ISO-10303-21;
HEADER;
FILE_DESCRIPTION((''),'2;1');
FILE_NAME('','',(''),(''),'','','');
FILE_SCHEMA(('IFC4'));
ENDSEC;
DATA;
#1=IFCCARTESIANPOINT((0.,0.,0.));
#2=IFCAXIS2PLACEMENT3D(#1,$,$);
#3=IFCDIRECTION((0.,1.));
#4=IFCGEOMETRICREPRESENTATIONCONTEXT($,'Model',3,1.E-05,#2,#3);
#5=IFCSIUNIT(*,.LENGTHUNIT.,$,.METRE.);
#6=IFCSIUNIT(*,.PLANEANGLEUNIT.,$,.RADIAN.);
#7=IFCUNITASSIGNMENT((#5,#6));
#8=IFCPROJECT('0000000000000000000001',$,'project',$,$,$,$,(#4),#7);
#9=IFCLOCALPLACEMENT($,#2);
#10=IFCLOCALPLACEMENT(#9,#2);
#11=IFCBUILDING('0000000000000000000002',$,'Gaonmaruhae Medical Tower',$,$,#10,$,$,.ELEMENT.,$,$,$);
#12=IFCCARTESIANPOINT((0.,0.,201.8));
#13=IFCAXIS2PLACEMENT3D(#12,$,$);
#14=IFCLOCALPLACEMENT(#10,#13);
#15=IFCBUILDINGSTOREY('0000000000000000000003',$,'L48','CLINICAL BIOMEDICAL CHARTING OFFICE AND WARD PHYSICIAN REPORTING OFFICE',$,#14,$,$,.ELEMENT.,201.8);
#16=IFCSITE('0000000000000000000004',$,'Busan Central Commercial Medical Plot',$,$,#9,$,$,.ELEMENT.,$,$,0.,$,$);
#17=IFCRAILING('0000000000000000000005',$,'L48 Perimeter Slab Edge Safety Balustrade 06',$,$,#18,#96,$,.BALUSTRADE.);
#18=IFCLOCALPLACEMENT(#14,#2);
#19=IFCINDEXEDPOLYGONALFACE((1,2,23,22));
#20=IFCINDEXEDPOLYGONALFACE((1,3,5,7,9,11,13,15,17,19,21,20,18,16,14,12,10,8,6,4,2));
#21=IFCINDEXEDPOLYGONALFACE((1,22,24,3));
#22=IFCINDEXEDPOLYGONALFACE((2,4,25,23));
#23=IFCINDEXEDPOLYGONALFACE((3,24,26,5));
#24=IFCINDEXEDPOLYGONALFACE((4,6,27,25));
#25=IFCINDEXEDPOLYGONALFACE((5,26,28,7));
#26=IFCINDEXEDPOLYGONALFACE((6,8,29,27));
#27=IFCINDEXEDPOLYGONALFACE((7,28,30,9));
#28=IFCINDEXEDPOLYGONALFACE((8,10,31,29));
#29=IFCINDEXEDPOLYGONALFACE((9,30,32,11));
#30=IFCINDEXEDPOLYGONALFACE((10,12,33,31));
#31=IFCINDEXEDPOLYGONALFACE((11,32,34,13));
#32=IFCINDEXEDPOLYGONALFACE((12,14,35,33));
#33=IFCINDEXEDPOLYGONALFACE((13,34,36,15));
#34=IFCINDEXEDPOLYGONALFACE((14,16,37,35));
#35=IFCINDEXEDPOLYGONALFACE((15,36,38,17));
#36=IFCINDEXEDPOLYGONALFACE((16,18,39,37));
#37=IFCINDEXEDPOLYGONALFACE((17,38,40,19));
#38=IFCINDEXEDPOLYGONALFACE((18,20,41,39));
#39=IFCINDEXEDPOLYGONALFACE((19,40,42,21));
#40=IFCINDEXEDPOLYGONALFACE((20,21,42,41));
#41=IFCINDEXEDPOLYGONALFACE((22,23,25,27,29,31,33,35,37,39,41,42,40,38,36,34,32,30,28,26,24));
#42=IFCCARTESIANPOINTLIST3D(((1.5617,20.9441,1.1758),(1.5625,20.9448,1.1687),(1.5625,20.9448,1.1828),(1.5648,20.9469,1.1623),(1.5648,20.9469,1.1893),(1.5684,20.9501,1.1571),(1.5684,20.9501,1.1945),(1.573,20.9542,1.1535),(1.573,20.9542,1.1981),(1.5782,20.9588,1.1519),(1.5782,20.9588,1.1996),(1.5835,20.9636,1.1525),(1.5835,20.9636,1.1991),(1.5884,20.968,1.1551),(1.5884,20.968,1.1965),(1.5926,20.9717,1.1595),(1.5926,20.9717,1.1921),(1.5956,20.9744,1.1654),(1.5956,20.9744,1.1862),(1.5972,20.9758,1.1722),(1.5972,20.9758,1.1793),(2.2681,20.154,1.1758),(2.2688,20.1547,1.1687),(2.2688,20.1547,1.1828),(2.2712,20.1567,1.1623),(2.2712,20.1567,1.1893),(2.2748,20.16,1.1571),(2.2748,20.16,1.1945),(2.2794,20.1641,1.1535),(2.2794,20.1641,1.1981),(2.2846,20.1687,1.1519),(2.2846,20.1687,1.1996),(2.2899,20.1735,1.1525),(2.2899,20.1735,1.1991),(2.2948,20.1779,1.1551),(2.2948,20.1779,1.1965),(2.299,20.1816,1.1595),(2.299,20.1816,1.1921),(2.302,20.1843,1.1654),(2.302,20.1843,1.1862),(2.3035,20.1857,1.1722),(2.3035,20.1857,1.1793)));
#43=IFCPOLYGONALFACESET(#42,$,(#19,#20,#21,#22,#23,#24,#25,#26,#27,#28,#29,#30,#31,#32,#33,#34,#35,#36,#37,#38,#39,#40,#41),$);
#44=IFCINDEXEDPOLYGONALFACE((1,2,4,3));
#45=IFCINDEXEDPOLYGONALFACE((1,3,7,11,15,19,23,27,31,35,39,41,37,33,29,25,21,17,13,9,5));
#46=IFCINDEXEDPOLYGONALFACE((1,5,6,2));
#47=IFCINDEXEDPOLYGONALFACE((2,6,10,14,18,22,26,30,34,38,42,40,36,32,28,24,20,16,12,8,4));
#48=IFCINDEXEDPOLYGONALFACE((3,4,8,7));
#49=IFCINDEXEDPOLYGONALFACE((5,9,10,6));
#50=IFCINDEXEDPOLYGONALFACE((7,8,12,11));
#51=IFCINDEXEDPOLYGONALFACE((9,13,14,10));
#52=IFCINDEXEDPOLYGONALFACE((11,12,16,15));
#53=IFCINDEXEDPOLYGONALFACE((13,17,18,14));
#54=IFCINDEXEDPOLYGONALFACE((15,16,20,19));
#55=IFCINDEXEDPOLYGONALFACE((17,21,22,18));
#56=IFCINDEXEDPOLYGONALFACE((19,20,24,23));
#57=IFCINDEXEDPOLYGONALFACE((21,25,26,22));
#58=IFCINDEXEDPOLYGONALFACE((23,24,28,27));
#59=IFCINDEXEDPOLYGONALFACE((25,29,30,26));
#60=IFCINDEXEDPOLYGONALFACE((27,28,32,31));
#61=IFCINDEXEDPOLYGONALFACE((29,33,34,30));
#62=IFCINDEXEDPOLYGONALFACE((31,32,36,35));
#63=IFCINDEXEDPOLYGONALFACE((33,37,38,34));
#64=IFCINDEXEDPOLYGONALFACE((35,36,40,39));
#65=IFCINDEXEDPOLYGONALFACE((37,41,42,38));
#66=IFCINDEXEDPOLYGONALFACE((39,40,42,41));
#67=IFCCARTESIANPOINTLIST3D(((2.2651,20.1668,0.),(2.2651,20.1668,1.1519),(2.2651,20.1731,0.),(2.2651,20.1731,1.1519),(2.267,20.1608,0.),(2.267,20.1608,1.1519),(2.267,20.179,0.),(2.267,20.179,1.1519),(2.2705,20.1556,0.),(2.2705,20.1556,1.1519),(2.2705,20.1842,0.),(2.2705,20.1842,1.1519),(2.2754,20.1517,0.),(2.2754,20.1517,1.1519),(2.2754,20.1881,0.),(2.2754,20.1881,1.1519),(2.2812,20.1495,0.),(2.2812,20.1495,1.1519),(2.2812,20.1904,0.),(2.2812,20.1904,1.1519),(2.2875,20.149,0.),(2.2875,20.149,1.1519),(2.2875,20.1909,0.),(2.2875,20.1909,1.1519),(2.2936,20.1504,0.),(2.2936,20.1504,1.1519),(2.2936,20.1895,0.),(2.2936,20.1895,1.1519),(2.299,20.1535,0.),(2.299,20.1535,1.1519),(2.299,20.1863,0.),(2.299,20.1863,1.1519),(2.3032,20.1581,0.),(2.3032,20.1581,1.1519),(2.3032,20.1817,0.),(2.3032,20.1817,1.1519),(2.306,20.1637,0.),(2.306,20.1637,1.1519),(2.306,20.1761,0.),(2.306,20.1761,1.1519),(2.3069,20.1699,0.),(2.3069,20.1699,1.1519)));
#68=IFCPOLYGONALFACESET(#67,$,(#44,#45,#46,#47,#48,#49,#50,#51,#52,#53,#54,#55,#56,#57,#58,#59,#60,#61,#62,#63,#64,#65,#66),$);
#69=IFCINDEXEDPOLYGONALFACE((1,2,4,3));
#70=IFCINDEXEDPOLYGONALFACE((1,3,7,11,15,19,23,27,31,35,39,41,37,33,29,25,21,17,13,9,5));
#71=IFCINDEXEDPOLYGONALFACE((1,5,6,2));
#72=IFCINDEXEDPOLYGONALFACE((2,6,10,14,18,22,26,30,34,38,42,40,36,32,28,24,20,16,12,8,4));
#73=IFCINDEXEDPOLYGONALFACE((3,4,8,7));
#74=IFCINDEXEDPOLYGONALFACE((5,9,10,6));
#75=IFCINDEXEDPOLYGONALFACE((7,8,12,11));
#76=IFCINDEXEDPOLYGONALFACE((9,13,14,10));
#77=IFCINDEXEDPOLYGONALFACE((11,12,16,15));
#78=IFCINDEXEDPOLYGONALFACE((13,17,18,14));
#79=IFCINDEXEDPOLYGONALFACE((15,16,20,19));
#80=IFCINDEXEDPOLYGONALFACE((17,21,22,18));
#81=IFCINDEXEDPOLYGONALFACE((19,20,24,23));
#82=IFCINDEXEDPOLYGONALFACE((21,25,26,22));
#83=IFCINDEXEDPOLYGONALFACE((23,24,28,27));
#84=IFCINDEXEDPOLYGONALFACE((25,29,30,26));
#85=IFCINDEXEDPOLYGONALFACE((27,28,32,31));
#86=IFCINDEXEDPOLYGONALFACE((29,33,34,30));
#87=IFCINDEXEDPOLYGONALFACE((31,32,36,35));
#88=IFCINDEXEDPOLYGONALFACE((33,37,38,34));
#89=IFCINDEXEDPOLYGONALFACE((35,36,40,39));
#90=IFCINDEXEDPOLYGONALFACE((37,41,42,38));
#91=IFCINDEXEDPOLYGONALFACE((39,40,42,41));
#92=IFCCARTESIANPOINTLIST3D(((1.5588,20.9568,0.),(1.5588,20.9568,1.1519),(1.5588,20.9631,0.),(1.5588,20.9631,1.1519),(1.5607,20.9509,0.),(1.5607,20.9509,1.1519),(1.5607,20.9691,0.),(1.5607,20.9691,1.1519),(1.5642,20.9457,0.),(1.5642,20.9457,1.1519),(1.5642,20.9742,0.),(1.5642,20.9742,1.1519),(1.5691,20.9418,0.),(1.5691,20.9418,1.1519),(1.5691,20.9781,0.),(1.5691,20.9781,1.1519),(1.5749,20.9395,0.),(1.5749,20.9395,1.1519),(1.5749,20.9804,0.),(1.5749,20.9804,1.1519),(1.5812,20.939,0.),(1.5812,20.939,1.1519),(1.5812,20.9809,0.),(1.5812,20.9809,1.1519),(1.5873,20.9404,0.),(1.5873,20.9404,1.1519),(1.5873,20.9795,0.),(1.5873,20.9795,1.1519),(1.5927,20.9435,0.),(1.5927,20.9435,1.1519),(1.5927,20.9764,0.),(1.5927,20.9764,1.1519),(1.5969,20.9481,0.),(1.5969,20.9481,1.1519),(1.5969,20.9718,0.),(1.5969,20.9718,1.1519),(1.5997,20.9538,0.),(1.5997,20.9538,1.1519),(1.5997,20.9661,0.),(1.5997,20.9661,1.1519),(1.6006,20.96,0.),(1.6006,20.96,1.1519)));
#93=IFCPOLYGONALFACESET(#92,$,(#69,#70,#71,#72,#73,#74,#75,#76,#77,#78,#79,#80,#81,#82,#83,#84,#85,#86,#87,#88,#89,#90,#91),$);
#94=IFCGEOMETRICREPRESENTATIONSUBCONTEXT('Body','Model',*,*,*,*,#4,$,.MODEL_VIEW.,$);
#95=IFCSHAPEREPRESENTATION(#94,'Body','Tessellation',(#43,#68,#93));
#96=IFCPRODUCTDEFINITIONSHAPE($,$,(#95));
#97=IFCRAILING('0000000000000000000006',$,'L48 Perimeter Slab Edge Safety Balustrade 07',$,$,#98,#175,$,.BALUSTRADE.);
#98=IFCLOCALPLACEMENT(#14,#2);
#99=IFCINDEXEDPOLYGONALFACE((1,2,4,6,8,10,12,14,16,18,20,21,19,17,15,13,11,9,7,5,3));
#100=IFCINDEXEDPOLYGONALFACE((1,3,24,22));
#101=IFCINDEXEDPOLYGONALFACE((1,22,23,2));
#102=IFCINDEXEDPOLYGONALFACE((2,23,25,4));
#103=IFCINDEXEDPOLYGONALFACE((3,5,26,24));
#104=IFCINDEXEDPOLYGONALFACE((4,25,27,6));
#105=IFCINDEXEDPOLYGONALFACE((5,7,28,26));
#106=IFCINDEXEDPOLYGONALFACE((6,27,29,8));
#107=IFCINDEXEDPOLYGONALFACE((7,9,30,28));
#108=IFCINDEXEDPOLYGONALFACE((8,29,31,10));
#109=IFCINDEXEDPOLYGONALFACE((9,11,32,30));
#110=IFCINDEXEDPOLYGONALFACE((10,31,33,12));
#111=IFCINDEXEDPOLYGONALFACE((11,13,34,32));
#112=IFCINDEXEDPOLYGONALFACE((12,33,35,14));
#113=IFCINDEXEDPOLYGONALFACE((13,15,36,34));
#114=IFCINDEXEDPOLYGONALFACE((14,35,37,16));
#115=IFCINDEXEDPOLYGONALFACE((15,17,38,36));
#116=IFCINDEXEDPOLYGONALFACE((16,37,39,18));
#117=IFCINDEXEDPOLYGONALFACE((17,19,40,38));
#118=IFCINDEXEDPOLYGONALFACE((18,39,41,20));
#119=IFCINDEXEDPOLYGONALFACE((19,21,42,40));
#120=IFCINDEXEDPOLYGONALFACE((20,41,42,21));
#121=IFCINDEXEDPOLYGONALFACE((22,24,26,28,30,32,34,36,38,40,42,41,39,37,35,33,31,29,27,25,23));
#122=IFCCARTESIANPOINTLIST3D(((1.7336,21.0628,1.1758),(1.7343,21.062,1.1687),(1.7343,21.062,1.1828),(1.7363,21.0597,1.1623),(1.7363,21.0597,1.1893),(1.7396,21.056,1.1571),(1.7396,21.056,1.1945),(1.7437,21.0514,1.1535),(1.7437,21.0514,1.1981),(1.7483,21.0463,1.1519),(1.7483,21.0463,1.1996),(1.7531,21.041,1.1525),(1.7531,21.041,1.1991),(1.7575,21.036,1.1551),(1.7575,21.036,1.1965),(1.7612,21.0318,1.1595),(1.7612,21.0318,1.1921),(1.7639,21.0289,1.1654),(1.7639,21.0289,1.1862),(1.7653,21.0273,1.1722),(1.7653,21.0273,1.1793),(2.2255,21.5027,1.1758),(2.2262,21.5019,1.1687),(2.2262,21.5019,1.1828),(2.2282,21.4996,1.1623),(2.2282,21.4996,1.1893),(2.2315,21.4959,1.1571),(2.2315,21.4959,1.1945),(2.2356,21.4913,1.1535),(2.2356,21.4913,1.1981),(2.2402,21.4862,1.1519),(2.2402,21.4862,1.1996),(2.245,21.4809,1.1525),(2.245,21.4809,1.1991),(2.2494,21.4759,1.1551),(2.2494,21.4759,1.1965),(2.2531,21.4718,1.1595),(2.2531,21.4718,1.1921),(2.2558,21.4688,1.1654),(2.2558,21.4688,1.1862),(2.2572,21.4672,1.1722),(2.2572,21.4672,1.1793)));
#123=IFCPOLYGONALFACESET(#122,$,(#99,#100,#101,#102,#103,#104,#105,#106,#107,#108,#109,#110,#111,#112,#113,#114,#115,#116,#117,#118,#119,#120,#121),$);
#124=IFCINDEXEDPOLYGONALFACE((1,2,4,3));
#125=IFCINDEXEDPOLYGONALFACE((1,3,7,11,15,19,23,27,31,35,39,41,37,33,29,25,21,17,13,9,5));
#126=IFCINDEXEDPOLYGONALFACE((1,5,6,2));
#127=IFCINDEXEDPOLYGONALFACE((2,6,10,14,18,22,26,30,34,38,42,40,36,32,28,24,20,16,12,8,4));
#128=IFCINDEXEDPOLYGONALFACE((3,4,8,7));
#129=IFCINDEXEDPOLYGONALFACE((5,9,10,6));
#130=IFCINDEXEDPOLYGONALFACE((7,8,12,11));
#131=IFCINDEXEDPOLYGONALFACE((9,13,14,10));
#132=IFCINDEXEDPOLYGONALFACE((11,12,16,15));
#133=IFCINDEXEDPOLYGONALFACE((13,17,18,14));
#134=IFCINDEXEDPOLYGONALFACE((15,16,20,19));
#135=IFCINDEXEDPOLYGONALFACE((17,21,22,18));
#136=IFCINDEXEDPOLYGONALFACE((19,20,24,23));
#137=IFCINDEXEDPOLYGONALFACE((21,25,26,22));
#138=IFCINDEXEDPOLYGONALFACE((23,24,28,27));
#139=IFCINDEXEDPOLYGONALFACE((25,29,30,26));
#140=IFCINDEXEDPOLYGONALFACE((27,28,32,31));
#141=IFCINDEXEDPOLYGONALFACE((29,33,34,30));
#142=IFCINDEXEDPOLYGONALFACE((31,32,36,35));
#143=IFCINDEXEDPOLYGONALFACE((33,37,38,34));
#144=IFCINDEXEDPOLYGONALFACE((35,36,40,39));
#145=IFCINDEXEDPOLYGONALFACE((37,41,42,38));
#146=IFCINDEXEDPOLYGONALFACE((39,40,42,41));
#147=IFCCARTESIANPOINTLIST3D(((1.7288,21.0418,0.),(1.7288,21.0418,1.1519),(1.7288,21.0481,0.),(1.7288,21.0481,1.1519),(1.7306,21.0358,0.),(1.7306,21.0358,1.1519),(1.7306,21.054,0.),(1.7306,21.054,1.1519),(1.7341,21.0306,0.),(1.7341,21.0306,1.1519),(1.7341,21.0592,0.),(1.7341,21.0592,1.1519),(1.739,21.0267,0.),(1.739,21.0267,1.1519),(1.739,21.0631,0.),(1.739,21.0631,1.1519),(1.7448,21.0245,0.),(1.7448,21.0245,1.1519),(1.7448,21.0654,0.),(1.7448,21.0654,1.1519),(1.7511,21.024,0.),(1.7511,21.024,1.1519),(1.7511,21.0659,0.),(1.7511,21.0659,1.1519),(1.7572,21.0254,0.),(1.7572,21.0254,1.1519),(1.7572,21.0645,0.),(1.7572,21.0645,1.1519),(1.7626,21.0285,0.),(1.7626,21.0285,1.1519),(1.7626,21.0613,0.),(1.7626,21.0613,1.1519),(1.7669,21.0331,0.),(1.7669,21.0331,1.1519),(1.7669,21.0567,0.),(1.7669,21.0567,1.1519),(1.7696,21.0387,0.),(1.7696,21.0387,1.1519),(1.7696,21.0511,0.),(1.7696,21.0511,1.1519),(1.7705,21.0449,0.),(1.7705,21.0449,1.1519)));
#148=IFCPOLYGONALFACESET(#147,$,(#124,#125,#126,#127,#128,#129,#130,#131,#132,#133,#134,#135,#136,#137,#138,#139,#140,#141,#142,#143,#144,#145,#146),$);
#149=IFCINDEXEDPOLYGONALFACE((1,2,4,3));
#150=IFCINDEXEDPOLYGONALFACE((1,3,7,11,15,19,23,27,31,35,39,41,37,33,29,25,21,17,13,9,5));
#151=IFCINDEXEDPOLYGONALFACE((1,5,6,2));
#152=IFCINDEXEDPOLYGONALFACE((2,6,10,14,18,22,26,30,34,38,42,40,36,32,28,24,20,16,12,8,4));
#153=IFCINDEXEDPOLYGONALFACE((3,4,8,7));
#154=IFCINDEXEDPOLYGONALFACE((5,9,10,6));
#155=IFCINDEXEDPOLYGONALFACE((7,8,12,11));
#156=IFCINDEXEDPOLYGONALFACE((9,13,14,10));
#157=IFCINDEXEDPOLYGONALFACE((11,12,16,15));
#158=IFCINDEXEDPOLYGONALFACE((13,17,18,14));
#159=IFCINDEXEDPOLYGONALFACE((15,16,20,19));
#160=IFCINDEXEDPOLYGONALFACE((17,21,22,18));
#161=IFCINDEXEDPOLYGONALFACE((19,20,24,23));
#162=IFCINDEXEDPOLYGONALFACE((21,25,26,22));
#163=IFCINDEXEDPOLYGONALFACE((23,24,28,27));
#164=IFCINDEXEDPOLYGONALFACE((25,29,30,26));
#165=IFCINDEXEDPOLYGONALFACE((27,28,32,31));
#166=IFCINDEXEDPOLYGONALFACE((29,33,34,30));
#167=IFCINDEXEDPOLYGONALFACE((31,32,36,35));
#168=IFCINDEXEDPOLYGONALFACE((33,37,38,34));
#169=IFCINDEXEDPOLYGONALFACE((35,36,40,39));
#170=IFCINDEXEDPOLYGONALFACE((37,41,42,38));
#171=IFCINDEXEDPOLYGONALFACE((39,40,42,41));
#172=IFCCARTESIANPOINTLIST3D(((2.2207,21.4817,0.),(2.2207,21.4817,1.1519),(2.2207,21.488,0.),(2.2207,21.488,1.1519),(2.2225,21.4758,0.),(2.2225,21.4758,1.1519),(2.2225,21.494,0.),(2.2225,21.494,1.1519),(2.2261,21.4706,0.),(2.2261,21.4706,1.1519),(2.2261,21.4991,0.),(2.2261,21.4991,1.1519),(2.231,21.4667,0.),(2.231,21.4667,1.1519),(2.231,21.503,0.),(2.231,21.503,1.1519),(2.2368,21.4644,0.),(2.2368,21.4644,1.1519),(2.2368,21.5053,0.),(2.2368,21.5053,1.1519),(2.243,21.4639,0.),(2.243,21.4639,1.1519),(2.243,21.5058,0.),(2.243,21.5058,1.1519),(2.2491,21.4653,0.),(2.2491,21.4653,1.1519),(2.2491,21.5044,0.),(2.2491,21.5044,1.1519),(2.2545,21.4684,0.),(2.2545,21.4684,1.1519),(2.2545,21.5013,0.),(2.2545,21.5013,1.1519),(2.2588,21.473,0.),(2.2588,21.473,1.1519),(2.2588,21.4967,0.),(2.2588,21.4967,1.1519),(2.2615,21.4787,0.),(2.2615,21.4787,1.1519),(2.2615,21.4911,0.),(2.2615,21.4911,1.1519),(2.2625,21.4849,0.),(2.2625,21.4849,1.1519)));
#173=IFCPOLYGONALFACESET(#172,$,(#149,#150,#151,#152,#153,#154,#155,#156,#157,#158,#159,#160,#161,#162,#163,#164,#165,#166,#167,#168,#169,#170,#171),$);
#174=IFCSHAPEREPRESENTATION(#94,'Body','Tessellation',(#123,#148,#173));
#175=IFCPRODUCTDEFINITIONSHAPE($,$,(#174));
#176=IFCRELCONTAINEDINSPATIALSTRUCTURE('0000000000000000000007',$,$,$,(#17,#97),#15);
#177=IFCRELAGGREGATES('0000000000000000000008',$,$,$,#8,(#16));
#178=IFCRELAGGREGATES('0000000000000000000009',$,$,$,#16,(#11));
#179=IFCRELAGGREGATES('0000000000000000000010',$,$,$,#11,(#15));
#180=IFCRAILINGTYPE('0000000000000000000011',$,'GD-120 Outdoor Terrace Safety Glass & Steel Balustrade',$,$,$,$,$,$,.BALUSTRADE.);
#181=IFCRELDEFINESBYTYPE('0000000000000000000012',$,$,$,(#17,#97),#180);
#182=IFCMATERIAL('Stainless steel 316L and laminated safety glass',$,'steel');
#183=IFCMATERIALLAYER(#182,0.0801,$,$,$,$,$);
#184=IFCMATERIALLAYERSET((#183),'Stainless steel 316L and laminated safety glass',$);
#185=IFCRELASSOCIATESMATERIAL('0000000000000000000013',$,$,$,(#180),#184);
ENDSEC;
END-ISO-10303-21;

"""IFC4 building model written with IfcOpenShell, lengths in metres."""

from ifc_helpers import new_model, si_unit, direction, frame, origin, origin_2d, place, context, subcontext, project, spatial, circle, extrude, material, layer, layer_set, type_object, element, save


model = new_model("IFC4")

# Units and contexts
model_context = context("Model", 3, precision=1e-05, world=origin(), true_north=direction((0.0, 1.0)))
body_context = subcontext(model_context, "Body", "Model", "MODEL_VIEW")
ifc_project = project(units=[si_unit("LENGTHUNIT", "METRE"), si_unit("PLANEANGLEUNIT", "RADIAN")], contexts=[model_context])

# Site, building, storey
site_placement = place(None, origin())
site = spatial("IfcSite", under=ifc_project, at=site_placement, Name="Busan Central Commercial Medical Plot", CompositionType="ELEMENT", RefElevation=0.0)
building_placement = place(site_placement, origin())
building = spatial("IfcBuilding", under=site, at=building_placement, Name="Gaonmaruhae Medical Tower", CompositionType="ELEMENT")
storey_placement = place(building_placement, frame((0.0, 0.0, 201.8)))
storey = spatial("IfcBuildingStorey", under=building, at=storey_placement, Name="L48", Description="CLINICAL BIOMEDICAL CHARTING OFFICE AND WARD PHYSICIAN REPORTING OFFICE", CompositionType="ELEMENT", Elevation=201.8)

# Railings
ifc_material_1 = material(Name="Stainless steel 316L and laminated safety glass", Category="steel")
ifc_layer_1 = layer(ifc_material_1, 0.0801)
ifc_layer_set_1 = layer_set([ifc_layer_1], Name="Stainless steel 316L and laminated safety glass")
railing_type = type_object("IfcRailingType", Name="GD-120 Outdoor Terrace Safety Glass & Steel Balustrade", PredefinedType="BALUSTRADE", material=ifc_layer_set_1)
railing_1_placement = place(storey_placement, frame((2.2859, 20.1699, 0.0)))
element("IfcRailing", 1, at=railing_1_placement, inside=storey, type_object=railing_type, Name="L48 Perimeter Slab Edge Safety Balustrade 06", PredefinedType="BALUSTRADE", context=body_context, shape_type="SweptSolid", body=[
    extrude(circle(Radius=0.0239, at=origin_2d()), frame((0.0, 0.0, 1.1758), z_axis=(-0.666492, 0.745512, 0.0), x_axis=(-0.745512, -0.666492, 0.0)), (0.0, 0.0, 1.0), 1.0598),
    extrude(circle(Radius=0.021, at=origin_2d()), origin(), (0.0, 0.0, 1.0), 1.1519),
    extrude(circle(Radius=0.021, at=origin_2d()), frame((-0.7063, 0.79, 0.0)), (0.0, 0.0, 1.0), 1.1519),
])
railing_2_placement = place(storey_placement, frame((1.7495, 21.0449, 0.0)))
element("IfcRailing", 2, at=railing_2_placement, inside=storey, type_object=railing_type, Name="L48 Perimeter Slab Edge Safety Balustrade 07", PredefinedType="BALUSTRADE", context=body_context, shape_type="SweptSolid", body=[
    extrude(circle(Radius=0.0239, at=origin_2d()), frame((0.0, 0.0, 1.1758), z_axis=(0.745406, 0.666611, 0.0), x_axis=(-0.666611, 0.745406, 0.0)), (0.0, 0.0, 1.0), 0.6599),
    extrude(circle(Radius=0.021, at=origin_2d()), origin(), (0.0, 0.0, 1.0), 1.1519),
    extrude(circle(Radius=0.021, at=origin_2d()), frame((0.4919, 0.4399, 0.0)), (0.0, 0.0, 1.0), 1.1519),
])

save(model, "model.ifc")
